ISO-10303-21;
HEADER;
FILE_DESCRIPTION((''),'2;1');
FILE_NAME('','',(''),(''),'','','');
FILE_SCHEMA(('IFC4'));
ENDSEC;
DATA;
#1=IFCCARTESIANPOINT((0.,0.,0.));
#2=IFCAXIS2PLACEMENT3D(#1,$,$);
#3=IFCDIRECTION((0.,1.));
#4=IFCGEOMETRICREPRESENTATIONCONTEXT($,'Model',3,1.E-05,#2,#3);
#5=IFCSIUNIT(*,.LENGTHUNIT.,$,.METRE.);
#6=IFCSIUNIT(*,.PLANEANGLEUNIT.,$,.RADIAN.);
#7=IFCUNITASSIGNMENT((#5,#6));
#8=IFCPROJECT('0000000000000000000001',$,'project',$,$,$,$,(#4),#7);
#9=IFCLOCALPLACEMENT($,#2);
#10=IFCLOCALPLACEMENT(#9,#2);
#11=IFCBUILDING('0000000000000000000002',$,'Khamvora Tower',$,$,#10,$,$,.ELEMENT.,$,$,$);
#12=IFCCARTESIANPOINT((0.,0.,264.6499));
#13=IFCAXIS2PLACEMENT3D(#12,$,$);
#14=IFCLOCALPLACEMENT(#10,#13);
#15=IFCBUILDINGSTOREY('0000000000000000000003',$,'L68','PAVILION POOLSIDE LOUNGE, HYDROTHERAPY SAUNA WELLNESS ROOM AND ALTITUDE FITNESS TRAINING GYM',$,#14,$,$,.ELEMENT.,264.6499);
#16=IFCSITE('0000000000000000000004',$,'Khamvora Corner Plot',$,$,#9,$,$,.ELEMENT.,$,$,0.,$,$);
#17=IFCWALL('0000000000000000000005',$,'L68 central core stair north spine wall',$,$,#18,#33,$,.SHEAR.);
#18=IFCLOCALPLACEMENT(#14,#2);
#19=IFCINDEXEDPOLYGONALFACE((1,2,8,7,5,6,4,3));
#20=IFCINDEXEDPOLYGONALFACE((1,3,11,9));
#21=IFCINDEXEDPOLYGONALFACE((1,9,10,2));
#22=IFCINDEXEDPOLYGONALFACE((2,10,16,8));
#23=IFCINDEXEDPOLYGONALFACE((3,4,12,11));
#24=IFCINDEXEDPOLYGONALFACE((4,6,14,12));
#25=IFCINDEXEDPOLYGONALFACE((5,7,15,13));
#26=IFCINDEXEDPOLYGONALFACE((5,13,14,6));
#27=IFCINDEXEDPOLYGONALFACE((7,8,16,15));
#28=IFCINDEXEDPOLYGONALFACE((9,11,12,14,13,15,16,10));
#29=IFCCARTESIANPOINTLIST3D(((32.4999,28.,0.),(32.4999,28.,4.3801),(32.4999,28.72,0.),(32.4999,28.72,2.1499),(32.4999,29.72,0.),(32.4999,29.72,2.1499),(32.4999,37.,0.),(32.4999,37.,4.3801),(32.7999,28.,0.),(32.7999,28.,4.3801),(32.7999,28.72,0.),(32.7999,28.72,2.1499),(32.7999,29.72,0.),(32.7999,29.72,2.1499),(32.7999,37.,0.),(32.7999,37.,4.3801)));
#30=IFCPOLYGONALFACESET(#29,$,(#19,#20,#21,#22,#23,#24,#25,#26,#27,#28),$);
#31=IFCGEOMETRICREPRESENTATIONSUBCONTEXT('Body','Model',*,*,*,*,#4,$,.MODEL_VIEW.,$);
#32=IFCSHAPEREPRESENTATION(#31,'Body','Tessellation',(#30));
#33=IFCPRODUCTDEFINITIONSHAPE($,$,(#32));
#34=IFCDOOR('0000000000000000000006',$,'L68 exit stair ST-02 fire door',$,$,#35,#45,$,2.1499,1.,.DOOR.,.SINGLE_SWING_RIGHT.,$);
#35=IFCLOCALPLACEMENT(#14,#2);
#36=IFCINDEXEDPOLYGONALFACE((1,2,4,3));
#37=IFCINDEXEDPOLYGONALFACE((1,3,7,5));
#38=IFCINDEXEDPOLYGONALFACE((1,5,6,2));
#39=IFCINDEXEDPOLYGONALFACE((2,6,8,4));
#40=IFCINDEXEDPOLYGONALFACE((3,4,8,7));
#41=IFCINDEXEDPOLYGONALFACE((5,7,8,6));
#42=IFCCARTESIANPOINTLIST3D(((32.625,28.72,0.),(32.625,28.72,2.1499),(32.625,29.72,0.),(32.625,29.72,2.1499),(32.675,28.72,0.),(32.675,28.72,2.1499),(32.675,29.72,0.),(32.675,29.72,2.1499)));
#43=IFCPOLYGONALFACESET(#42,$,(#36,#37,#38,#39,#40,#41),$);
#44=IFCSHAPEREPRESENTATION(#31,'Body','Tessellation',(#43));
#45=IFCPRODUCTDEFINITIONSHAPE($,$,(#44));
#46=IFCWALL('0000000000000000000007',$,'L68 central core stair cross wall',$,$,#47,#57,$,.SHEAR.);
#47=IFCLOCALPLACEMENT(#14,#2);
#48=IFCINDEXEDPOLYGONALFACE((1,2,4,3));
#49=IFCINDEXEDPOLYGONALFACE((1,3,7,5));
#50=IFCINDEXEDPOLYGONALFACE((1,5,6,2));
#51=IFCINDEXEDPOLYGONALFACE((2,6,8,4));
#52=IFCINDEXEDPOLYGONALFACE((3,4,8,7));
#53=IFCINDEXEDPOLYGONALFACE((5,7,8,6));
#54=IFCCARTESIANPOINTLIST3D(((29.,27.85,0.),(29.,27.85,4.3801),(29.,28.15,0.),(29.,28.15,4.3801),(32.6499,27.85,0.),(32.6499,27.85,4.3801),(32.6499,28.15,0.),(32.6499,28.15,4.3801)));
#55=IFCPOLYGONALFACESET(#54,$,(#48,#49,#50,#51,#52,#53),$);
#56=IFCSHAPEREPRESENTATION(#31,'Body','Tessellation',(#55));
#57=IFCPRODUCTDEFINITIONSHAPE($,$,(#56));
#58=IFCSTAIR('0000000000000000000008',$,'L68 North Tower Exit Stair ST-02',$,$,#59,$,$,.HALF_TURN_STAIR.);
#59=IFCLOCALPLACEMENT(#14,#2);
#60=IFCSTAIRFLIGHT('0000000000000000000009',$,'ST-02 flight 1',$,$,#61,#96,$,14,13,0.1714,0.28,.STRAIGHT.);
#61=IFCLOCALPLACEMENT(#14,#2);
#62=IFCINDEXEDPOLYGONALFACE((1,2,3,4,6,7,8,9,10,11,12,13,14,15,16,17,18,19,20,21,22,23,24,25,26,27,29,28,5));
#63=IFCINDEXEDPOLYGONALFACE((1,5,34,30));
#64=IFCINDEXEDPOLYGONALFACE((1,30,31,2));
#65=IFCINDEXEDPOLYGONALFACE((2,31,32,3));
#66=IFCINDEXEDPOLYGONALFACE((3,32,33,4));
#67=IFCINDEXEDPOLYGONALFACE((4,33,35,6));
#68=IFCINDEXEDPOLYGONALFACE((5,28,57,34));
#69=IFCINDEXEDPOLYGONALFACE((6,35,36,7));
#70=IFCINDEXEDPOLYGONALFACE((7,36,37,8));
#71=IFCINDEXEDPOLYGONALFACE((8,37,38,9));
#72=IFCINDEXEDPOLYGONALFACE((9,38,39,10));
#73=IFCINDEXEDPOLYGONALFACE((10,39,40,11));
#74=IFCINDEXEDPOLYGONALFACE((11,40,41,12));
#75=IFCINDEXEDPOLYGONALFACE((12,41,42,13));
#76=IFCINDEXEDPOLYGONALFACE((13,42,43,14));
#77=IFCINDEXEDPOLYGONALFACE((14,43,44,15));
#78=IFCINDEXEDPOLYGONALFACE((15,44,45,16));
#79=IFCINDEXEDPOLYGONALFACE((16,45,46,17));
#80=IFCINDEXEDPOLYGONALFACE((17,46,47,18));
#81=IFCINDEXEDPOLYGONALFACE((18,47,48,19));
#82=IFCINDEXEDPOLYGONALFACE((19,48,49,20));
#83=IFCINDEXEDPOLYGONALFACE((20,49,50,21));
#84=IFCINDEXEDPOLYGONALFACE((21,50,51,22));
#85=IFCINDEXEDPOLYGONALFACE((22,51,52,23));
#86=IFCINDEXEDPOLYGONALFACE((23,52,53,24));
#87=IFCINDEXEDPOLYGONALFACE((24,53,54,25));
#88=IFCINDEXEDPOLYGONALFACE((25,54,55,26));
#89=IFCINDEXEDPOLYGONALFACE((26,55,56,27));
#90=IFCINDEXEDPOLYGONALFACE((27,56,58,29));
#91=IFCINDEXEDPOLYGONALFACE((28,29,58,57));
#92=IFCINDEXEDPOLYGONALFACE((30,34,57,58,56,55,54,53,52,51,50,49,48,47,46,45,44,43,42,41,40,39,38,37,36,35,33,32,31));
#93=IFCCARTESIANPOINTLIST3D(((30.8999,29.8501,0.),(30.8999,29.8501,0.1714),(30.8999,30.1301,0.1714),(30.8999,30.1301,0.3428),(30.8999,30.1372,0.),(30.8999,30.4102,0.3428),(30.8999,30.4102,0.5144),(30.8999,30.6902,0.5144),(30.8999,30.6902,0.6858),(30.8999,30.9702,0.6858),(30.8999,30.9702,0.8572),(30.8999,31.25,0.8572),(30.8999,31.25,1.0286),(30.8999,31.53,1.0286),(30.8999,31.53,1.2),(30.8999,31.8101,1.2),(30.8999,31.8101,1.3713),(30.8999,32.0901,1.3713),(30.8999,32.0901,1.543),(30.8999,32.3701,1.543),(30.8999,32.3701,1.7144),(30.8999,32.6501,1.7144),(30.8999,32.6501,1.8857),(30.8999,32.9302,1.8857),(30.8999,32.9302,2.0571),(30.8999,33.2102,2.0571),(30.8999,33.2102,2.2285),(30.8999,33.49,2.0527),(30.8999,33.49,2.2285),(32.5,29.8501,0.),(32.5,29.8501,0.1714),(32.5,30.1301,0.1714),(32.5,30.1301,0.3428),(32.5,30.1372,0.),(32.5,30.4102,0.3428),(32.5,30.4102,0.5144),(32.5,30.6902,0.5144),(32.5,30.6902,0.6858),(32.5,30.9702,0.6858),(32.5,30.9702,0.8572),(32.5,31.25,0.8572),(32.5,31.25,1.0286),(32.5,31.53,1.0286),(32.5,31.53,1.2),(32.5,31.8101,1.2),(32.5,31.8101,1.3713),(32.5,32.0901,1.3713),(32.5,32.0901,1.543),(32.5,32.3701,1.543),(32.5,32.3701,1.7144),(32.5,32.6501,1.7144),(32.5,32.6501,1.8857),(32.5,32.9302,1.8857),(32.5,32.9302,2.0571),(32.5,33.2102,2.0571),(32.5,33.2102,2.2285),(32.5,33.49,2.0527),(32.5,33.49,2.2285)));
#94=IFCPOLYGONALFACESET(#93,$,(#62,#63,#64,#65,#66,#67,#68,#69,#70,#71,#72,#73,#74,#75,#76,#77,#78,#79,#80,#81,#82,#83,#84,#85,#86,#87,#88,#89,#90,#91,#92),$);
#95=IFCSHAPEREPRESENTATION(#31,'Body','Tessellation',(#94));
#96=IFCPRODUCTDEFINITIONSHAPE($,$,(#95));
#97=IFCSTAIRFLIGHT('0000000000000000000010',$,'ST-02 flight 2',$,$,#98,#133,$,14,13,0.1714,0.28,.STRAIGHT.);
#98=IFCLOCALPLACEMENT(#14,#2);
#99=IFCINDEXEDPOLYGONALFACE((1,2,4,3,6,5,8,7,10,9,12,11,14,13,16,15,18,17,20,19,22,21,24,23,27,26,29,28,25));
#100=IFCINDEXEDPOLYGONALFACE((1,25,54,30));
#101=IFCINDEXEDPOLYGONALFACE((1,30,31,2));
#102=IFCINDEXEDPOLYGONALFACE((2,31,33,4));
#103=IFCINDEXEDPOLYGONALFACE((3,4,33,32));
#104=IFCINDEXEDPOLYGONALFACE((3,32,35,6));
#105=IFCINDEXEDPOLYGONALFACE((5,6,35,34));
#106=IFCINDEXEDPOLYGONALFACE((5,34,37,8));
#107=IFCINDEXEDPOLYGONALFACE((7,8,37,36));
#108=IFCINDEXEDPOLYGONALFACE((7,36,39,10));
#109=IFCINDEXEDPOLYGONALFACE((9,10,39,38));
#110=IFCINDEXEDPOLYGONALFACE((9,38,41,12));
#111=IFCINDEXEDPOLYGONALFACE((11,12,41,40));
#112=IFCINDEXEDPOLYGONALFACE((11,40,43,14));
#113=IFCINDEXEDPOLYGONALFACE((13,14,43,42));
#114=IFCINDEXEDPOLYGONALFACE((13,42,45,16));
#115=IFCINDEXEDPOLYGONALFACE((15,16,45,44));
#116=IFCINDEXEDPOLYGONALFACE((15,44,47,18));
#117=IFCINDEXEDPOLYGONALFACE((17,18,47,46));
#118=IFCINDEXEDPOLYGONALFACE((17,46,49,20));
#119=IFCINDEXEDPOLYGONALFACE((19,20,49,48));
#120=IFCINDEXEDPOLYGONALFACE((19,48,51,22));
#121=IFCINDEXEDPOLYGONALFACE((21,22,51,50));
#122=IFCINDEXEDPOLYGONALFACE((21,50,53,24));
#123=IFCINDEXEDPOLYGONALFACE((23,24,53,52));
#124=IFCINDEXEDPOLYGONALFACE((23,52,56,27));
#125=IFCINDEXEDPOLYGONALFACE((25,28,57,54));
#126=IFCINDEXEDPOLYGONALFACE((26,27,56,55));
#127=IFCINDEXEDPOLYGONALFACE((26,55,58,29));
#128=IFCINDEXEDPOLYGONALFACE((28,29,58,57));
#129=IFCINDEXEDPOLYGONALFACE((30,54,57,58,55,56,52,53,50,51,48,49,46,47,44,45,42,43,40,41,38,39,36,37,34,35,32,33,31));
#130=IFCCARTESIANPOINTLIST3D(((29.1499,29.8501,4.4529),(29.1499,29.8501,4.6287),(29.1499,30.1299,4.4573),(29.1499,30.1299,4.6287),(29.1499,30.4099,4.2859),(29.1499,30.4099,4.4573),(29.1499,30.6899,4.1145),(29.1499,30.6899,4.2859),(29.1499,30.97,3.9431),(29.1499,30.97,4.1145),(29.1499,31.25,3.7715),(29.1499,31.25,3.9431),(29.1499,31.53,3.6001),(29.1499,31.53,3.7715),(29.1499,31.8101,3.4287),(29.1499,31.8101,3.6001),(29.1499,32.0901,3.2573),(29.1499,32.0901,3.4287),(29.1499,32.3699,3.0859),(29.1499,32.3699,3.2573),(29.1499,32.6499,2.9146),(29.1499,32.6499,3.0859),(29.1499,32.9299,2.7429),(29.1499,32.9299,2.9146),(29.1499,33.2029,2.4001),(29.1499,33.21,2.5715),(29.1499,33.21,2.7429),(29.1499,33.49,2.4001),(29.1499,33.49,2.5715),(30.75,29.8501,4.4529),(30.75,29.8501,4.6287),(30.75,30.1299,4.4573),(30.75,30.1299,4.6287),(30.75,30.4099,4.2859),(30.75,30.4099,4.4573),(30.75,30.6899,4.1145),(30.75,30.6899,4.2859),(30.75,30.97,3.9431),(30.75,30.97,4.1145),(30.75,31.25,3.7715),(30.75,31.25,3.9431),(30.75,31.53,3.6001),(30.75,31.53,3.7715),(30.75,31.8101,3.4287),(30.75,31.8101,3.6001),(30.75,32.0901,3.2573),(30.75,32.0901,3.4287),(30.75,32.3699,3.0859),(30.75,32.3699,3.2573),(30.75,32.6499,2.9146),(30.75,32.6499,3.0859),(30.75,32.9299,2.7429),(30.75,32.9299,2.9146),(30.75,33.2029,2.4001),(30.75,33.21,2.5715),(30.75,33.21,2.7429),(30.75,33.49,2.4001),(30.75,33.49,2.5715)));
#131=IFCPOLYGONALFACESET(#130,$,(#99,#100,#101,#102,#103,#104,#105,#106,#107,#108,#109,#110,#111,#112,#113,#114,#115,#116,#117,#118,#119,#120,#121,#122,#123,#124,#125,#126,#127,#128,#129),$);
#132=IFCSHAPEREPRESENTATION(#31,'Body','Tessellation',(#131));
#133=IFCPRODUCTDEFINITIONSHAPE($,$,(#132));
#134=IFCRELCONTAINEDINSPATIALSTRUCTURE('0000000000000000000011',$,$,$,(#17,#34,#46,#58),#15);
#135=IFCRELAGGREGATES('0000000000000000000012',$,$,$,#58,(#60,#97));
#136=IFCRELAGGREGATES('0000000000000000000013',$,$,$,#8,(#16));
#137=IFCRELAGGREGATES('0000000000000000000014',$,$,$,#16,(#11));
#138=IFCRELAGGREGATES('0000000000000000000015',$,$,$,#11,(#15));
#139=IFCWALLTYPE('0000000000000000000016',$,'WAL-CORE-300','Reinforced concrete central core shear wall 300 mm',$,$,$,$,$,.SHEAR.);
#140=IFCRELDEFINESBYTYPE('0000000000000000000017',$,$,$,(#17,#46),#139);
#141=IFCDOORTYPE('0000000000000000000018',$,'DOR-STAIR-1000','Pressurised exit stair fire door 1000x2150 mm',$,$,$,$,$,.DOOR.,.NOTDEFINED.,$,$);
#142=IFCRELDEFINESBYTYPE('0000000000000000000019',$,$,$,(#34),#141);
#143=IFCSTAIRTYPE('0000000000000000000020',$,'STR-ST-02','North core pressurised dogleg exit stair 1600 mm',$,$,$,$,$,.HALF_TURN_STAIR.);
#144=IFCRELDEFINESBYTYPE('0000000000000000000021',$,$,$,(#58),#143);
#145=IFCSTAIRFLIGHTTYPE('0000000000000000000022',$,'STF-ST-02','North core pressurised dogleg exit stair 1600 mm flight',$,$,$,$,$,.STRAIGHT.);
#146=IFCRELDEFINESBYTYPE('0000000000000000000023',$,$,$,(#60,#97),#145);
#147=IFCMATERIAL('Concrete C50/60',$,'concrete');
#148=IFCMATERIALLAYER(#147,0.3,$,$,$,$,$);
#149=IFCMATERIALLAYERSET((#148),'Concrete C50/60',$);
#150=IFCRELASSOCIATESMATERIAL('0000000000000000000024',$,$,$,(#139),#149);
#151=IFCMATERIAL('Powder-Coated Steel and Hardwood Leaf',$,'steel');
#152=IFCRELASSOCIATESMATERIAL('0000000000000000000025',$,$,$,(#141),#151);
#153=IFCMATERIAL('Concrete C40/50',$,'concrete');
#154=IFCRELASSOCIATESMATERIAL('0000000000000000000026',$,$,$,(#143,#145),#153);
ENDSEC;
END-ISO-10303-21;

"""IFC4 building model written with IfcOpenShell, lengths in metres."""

from ifc_helpers import new_model, si_unit, direction, frame, frame_2d, origin, place, context, subcontext, project, spatial, polyline, rectangle, outline, extrude, material, layer, layer_set, type_object, element, fill, aggregate, save


model = new_model("IFC4")

# Units and contexts
model_context = context("Model", 3, precision=1e-05, world=origin(), true_north=direction((0.0, 1.0)))
body_context = subcontext(model_context, "Body", "Model", "MODEL_VIEW")
ifc_project = project(units=[si_unit("LENGTHUNIT", "METRE"), si_unit("PLANEANGLEUNIT", "RADIAN")], contexts=[model_context])

# Site, building, storey
site_placement = place(None, origin())
site = spatial("IfcSite", under=ifc_project, at=site_placement, Name="Khamvora Corner Plot", CompositionType="ELEMENT", RefElevation=0.0)
building_placement = place(site_placement, origin())
building = spatial("IfcBuilding", under=site, at=building_placement, Name="Khamvora Tower", CompositionType="ELEMENT")
storey_placement = place(building_placement, frame((0.0, 0.0, 264.6499)))
storey = spatial("IfcBuildingStorey", under=building, at=storey_placement, Name="L68", Description="PAVILION POOLSIDE LOUNGE, HYDROTHERAPY SAUNA WELLNESS ROOM AND ALTITUDE FITNESS TRAINING GYM", CompositionType="ELEMENT", Elevation=264.6499)

# Shared definitions
ifc_material_1 = material(Name="Concrete C50/60", Category="concrete")
ifc_layer_1 = layer(ifc_material_1, 0.3)
ifc_layer_set_1 = layer_set([ifc_layer_1], Name="Concrete C50/60")
wall_type = type_object("IfcWallType", Name="WAL-CORE-300", Description="Reinforced concrete central core shear wall 300 mm", PredefinedType="SHEAR", material=ifc_layer_set_1)

# Wall, opening, door
wall_1_placement = place(storey_placement, frame((32.6499, 28.0, 0.0), z_axis=(0.0, 0.0, 1.0), x_axis=(0.0, 1.0, 0.0)))
wall_1 = element("IfcWall", 1, at=wall_1_placement, inside=storey, type_object=wall_type, Name="L68 central core stair north spine wall", PredefinedType="SHEAR", context=body_context, shape_type="SweptSolid", body=[
    extrude(rectangle(XDim=9.0, YDim=0.3, at=frame_2d((4.5, 0.0))), origin(), (0.0, 0.0, 1.0), 4.3801),
])
opening_placement = place(wall_1_placement, frame((0.72, 0.0, 0.0)))
opening = element("IfcOpeningElement", 2, at=opening_placement, cuts=wall_1, PredefinedType="OPENING", context=body_context, shape_type="SweptSolid", body=[
    extrude(rectangle(XDim=1.0, YDim=2.1499, at=frame_2d((0.5, 1.075))), frame((0.0, 0.1599, 0.0), z_axis=(0.0, -1.0, 0.0), x_axis=(1.0, 0.0, 0.0)), (0.0, 0.0, 1.0), 0.3201),
])
ifc_material_2 = material(Name="Powder-Coated Steel and Hardwood Leaf", Category="steel")
door_type = type_object("IfcDoorType", Name="DOR-STAIR-1000", Description="Pressurised exit stair fire door 1000x2150 mm", OperationType="NOTDEFINED", PredefinedType="DOOR", material=ifc_material_2)
door_placement = place(opening_placement, origin())
door = element("IfcDoor", 3, at=door_placement, inside=storey, type_object=door_type, Name="L68 exit stair ST-02 fire door", OperationType="SINGLE_SWING_RIGHT", OverallHeight=2.1499, OverallWidth=1.0, PredefinedType="DOOR", context=body_context, shape_type="SweptSolid", body=[
    extrude(rectangle(XDim=1.0, YDim=2.1499, at=frame_2d((0.5, 1.075))), frame((0.0, 0.0249, 0.0), z_axis=(0.0, -1.0, 0.0), x_axis=(1.0, 0.0, 0.0)), (0.0, 0.0, 1.0), 0.05),
])
fill(opening, door)

# Wall
wall_2_placement = place(storey_placement, frame((29.0, 28.0, 0.0), z_axis=(0.0, 0.0, 1.0), x_axis=(1.0, 0.0, 0.0)))
element("IfcWall", 4, at=wall_2_placement, inside=storey, type_object=wall_type, Name="L68 central core stair cross wall", PredefinedType="SHEAR", context=body_context, shape_type="SweptSolid", body=[
    extrude(rectangle(XDim=3.6499, YDim=0.3, at=frame_2d((1.825, 0.0))), origin(), (0.0, 0.0, 1.0), 4.3801),
])

# Stair, stair flights
ifc_material_3 = material(Name="Concrete C40/50", Category="concrete")
stair_type = type_object("IfcStairType", Name="STR-ST-02", Description="North core pressurised dogleg exit stair 1600 mm", PredefinedType="HALF_TURN_STAIR", material=ifc_material_3)
stair_placement = place(storey_placement, origin())
stair = element("IfcStair", 5, at=stair_placement, inside=storey, type_object=stair_type, Name="L68 North Tower Exit Stair ST-02", PredefinedType="HALF_TURN_STAIR")
stair_flight_type = type_object("IfcStairFlightType", Name="STF-ST-02", Description="North core pressurised dogleg exit stair 1600 mm flight", PredefinedType="STRAIGHT", material=ifc_material_3)
stair_flight_1_placement = place(storey_placement, frame((31.7, 29.8501, 0.0), z_axis=(0.0, 0.0, 1.0), x_axis=(0.0, 1.0, 0.0)))
stair_flight_1 = element("IfcStairFlight", 6, at=stair_flight_1_placement, type_object=stair_flight_type, Name="ST-02 flight 1", NumberOfRisers=14, NumberOfTreads=13, PredefinedType="STRAIGHT", RiserHeight=0.1714, TreadLength=0.28, context=body_context, shape_type="SweptSolid", body=[
    extrude(outline(polyline([(0.0, 0.0), (0.0, 0.1714), (0.28, 0.1714), (0.28, 0.3428), (0.5601, 0.3428), (0.5601, 0.5144), (0.8401, 0.5144), (0.8401, 0.6858), (1.1201, 0.6858), (1.1201, 0.8572), (1.3999, 0.8572), (1.3999, 1.0286), (1.6799, 1.0286), (1.6799, 1.2), (1.96, 1.2), (1.96, 1.3713), (2.24, 1.3713), (2.24, 1.543), (2.52, 1.543), (2.52, 1.7144), (2.8, 1.7144), (2.8, 1.8857), (3.0801, 1.8857), (3.0801, 2.0571), (3.3601, 2.0571), (3.3601, 2.2285), (3.6399, 2.2285), (3.6399, 2.3999), (3.6399, 2.0527), (0.2871, 0.0), (0.0, 0.0)])), frame((0.0, 0.8, 0.0), z_axis=(0.0, -1.0, 0.0), x_axis=(1.0, 0.0, 0.0)), (0.0, 0.0, 1.0), 1.6001),
])
stair_flight_2_placement = place(storey_placement, frame((29.95, 33.49, 2.4001), z_axis=(0.0, 0.0, 1.0), x_axis=(0.0, -1.0, 0.0)))
stair_flight_2 = element("IfcStairFlight", 7, at=stair_flight_2_placement, type_object=stair_flight_type, Name="ST-02 flight 2", NumberOfRisers=14, NumberOfTreads=13, PredefinedType="STRAIGHT", RiserHeight=0.1714, TreadLength=0.28, context=body_context, shape_type="SweptSolid", body=[
    extrude(outline(polyline([(0.0, 0.0), (0.0, 0.1714), (0.28, 0.1714), (0.28, 0.3428), (0.5601, 0.3428), (0.5601, 0.5144), (0.8401, 0.5144), (0.8401, 0.6858), (1.1201, 0.6858), (1.1201, 0.8572), (1.3999, 0.8572), (1.3999, 1.0286), (1.6799, 1.0286), (1.6799, 1.2), (1.96, 1.2), (1.96, 1.3713), (2.24, 1.3713), (2.24, 1.543), (2.52, 1.543), (2.52, 1.7144), (2.8, 1.7144), (2.8, 1.8857), (3.0801, 1.8857), (3.0801, 2.0571), (3.3601, 2.0571), (3.3601, 2.2285), (3.6399, 2.2285), (3.6399, 2.3999), (3.6399, 2.0527), (0.2871, 0.0), (0.0, 0.0)])), frame((0.0, 0.8, 0.0), z_axis=(0.0, -1.0, 0.0), x_axis=(1.0, 0.0, 0.0)), (0.0, 0.0, 1.0), 1.6001),
])
aggregate(stair, [stair_flight_1, stair_flight_2])

save(model, "model.ifc")
